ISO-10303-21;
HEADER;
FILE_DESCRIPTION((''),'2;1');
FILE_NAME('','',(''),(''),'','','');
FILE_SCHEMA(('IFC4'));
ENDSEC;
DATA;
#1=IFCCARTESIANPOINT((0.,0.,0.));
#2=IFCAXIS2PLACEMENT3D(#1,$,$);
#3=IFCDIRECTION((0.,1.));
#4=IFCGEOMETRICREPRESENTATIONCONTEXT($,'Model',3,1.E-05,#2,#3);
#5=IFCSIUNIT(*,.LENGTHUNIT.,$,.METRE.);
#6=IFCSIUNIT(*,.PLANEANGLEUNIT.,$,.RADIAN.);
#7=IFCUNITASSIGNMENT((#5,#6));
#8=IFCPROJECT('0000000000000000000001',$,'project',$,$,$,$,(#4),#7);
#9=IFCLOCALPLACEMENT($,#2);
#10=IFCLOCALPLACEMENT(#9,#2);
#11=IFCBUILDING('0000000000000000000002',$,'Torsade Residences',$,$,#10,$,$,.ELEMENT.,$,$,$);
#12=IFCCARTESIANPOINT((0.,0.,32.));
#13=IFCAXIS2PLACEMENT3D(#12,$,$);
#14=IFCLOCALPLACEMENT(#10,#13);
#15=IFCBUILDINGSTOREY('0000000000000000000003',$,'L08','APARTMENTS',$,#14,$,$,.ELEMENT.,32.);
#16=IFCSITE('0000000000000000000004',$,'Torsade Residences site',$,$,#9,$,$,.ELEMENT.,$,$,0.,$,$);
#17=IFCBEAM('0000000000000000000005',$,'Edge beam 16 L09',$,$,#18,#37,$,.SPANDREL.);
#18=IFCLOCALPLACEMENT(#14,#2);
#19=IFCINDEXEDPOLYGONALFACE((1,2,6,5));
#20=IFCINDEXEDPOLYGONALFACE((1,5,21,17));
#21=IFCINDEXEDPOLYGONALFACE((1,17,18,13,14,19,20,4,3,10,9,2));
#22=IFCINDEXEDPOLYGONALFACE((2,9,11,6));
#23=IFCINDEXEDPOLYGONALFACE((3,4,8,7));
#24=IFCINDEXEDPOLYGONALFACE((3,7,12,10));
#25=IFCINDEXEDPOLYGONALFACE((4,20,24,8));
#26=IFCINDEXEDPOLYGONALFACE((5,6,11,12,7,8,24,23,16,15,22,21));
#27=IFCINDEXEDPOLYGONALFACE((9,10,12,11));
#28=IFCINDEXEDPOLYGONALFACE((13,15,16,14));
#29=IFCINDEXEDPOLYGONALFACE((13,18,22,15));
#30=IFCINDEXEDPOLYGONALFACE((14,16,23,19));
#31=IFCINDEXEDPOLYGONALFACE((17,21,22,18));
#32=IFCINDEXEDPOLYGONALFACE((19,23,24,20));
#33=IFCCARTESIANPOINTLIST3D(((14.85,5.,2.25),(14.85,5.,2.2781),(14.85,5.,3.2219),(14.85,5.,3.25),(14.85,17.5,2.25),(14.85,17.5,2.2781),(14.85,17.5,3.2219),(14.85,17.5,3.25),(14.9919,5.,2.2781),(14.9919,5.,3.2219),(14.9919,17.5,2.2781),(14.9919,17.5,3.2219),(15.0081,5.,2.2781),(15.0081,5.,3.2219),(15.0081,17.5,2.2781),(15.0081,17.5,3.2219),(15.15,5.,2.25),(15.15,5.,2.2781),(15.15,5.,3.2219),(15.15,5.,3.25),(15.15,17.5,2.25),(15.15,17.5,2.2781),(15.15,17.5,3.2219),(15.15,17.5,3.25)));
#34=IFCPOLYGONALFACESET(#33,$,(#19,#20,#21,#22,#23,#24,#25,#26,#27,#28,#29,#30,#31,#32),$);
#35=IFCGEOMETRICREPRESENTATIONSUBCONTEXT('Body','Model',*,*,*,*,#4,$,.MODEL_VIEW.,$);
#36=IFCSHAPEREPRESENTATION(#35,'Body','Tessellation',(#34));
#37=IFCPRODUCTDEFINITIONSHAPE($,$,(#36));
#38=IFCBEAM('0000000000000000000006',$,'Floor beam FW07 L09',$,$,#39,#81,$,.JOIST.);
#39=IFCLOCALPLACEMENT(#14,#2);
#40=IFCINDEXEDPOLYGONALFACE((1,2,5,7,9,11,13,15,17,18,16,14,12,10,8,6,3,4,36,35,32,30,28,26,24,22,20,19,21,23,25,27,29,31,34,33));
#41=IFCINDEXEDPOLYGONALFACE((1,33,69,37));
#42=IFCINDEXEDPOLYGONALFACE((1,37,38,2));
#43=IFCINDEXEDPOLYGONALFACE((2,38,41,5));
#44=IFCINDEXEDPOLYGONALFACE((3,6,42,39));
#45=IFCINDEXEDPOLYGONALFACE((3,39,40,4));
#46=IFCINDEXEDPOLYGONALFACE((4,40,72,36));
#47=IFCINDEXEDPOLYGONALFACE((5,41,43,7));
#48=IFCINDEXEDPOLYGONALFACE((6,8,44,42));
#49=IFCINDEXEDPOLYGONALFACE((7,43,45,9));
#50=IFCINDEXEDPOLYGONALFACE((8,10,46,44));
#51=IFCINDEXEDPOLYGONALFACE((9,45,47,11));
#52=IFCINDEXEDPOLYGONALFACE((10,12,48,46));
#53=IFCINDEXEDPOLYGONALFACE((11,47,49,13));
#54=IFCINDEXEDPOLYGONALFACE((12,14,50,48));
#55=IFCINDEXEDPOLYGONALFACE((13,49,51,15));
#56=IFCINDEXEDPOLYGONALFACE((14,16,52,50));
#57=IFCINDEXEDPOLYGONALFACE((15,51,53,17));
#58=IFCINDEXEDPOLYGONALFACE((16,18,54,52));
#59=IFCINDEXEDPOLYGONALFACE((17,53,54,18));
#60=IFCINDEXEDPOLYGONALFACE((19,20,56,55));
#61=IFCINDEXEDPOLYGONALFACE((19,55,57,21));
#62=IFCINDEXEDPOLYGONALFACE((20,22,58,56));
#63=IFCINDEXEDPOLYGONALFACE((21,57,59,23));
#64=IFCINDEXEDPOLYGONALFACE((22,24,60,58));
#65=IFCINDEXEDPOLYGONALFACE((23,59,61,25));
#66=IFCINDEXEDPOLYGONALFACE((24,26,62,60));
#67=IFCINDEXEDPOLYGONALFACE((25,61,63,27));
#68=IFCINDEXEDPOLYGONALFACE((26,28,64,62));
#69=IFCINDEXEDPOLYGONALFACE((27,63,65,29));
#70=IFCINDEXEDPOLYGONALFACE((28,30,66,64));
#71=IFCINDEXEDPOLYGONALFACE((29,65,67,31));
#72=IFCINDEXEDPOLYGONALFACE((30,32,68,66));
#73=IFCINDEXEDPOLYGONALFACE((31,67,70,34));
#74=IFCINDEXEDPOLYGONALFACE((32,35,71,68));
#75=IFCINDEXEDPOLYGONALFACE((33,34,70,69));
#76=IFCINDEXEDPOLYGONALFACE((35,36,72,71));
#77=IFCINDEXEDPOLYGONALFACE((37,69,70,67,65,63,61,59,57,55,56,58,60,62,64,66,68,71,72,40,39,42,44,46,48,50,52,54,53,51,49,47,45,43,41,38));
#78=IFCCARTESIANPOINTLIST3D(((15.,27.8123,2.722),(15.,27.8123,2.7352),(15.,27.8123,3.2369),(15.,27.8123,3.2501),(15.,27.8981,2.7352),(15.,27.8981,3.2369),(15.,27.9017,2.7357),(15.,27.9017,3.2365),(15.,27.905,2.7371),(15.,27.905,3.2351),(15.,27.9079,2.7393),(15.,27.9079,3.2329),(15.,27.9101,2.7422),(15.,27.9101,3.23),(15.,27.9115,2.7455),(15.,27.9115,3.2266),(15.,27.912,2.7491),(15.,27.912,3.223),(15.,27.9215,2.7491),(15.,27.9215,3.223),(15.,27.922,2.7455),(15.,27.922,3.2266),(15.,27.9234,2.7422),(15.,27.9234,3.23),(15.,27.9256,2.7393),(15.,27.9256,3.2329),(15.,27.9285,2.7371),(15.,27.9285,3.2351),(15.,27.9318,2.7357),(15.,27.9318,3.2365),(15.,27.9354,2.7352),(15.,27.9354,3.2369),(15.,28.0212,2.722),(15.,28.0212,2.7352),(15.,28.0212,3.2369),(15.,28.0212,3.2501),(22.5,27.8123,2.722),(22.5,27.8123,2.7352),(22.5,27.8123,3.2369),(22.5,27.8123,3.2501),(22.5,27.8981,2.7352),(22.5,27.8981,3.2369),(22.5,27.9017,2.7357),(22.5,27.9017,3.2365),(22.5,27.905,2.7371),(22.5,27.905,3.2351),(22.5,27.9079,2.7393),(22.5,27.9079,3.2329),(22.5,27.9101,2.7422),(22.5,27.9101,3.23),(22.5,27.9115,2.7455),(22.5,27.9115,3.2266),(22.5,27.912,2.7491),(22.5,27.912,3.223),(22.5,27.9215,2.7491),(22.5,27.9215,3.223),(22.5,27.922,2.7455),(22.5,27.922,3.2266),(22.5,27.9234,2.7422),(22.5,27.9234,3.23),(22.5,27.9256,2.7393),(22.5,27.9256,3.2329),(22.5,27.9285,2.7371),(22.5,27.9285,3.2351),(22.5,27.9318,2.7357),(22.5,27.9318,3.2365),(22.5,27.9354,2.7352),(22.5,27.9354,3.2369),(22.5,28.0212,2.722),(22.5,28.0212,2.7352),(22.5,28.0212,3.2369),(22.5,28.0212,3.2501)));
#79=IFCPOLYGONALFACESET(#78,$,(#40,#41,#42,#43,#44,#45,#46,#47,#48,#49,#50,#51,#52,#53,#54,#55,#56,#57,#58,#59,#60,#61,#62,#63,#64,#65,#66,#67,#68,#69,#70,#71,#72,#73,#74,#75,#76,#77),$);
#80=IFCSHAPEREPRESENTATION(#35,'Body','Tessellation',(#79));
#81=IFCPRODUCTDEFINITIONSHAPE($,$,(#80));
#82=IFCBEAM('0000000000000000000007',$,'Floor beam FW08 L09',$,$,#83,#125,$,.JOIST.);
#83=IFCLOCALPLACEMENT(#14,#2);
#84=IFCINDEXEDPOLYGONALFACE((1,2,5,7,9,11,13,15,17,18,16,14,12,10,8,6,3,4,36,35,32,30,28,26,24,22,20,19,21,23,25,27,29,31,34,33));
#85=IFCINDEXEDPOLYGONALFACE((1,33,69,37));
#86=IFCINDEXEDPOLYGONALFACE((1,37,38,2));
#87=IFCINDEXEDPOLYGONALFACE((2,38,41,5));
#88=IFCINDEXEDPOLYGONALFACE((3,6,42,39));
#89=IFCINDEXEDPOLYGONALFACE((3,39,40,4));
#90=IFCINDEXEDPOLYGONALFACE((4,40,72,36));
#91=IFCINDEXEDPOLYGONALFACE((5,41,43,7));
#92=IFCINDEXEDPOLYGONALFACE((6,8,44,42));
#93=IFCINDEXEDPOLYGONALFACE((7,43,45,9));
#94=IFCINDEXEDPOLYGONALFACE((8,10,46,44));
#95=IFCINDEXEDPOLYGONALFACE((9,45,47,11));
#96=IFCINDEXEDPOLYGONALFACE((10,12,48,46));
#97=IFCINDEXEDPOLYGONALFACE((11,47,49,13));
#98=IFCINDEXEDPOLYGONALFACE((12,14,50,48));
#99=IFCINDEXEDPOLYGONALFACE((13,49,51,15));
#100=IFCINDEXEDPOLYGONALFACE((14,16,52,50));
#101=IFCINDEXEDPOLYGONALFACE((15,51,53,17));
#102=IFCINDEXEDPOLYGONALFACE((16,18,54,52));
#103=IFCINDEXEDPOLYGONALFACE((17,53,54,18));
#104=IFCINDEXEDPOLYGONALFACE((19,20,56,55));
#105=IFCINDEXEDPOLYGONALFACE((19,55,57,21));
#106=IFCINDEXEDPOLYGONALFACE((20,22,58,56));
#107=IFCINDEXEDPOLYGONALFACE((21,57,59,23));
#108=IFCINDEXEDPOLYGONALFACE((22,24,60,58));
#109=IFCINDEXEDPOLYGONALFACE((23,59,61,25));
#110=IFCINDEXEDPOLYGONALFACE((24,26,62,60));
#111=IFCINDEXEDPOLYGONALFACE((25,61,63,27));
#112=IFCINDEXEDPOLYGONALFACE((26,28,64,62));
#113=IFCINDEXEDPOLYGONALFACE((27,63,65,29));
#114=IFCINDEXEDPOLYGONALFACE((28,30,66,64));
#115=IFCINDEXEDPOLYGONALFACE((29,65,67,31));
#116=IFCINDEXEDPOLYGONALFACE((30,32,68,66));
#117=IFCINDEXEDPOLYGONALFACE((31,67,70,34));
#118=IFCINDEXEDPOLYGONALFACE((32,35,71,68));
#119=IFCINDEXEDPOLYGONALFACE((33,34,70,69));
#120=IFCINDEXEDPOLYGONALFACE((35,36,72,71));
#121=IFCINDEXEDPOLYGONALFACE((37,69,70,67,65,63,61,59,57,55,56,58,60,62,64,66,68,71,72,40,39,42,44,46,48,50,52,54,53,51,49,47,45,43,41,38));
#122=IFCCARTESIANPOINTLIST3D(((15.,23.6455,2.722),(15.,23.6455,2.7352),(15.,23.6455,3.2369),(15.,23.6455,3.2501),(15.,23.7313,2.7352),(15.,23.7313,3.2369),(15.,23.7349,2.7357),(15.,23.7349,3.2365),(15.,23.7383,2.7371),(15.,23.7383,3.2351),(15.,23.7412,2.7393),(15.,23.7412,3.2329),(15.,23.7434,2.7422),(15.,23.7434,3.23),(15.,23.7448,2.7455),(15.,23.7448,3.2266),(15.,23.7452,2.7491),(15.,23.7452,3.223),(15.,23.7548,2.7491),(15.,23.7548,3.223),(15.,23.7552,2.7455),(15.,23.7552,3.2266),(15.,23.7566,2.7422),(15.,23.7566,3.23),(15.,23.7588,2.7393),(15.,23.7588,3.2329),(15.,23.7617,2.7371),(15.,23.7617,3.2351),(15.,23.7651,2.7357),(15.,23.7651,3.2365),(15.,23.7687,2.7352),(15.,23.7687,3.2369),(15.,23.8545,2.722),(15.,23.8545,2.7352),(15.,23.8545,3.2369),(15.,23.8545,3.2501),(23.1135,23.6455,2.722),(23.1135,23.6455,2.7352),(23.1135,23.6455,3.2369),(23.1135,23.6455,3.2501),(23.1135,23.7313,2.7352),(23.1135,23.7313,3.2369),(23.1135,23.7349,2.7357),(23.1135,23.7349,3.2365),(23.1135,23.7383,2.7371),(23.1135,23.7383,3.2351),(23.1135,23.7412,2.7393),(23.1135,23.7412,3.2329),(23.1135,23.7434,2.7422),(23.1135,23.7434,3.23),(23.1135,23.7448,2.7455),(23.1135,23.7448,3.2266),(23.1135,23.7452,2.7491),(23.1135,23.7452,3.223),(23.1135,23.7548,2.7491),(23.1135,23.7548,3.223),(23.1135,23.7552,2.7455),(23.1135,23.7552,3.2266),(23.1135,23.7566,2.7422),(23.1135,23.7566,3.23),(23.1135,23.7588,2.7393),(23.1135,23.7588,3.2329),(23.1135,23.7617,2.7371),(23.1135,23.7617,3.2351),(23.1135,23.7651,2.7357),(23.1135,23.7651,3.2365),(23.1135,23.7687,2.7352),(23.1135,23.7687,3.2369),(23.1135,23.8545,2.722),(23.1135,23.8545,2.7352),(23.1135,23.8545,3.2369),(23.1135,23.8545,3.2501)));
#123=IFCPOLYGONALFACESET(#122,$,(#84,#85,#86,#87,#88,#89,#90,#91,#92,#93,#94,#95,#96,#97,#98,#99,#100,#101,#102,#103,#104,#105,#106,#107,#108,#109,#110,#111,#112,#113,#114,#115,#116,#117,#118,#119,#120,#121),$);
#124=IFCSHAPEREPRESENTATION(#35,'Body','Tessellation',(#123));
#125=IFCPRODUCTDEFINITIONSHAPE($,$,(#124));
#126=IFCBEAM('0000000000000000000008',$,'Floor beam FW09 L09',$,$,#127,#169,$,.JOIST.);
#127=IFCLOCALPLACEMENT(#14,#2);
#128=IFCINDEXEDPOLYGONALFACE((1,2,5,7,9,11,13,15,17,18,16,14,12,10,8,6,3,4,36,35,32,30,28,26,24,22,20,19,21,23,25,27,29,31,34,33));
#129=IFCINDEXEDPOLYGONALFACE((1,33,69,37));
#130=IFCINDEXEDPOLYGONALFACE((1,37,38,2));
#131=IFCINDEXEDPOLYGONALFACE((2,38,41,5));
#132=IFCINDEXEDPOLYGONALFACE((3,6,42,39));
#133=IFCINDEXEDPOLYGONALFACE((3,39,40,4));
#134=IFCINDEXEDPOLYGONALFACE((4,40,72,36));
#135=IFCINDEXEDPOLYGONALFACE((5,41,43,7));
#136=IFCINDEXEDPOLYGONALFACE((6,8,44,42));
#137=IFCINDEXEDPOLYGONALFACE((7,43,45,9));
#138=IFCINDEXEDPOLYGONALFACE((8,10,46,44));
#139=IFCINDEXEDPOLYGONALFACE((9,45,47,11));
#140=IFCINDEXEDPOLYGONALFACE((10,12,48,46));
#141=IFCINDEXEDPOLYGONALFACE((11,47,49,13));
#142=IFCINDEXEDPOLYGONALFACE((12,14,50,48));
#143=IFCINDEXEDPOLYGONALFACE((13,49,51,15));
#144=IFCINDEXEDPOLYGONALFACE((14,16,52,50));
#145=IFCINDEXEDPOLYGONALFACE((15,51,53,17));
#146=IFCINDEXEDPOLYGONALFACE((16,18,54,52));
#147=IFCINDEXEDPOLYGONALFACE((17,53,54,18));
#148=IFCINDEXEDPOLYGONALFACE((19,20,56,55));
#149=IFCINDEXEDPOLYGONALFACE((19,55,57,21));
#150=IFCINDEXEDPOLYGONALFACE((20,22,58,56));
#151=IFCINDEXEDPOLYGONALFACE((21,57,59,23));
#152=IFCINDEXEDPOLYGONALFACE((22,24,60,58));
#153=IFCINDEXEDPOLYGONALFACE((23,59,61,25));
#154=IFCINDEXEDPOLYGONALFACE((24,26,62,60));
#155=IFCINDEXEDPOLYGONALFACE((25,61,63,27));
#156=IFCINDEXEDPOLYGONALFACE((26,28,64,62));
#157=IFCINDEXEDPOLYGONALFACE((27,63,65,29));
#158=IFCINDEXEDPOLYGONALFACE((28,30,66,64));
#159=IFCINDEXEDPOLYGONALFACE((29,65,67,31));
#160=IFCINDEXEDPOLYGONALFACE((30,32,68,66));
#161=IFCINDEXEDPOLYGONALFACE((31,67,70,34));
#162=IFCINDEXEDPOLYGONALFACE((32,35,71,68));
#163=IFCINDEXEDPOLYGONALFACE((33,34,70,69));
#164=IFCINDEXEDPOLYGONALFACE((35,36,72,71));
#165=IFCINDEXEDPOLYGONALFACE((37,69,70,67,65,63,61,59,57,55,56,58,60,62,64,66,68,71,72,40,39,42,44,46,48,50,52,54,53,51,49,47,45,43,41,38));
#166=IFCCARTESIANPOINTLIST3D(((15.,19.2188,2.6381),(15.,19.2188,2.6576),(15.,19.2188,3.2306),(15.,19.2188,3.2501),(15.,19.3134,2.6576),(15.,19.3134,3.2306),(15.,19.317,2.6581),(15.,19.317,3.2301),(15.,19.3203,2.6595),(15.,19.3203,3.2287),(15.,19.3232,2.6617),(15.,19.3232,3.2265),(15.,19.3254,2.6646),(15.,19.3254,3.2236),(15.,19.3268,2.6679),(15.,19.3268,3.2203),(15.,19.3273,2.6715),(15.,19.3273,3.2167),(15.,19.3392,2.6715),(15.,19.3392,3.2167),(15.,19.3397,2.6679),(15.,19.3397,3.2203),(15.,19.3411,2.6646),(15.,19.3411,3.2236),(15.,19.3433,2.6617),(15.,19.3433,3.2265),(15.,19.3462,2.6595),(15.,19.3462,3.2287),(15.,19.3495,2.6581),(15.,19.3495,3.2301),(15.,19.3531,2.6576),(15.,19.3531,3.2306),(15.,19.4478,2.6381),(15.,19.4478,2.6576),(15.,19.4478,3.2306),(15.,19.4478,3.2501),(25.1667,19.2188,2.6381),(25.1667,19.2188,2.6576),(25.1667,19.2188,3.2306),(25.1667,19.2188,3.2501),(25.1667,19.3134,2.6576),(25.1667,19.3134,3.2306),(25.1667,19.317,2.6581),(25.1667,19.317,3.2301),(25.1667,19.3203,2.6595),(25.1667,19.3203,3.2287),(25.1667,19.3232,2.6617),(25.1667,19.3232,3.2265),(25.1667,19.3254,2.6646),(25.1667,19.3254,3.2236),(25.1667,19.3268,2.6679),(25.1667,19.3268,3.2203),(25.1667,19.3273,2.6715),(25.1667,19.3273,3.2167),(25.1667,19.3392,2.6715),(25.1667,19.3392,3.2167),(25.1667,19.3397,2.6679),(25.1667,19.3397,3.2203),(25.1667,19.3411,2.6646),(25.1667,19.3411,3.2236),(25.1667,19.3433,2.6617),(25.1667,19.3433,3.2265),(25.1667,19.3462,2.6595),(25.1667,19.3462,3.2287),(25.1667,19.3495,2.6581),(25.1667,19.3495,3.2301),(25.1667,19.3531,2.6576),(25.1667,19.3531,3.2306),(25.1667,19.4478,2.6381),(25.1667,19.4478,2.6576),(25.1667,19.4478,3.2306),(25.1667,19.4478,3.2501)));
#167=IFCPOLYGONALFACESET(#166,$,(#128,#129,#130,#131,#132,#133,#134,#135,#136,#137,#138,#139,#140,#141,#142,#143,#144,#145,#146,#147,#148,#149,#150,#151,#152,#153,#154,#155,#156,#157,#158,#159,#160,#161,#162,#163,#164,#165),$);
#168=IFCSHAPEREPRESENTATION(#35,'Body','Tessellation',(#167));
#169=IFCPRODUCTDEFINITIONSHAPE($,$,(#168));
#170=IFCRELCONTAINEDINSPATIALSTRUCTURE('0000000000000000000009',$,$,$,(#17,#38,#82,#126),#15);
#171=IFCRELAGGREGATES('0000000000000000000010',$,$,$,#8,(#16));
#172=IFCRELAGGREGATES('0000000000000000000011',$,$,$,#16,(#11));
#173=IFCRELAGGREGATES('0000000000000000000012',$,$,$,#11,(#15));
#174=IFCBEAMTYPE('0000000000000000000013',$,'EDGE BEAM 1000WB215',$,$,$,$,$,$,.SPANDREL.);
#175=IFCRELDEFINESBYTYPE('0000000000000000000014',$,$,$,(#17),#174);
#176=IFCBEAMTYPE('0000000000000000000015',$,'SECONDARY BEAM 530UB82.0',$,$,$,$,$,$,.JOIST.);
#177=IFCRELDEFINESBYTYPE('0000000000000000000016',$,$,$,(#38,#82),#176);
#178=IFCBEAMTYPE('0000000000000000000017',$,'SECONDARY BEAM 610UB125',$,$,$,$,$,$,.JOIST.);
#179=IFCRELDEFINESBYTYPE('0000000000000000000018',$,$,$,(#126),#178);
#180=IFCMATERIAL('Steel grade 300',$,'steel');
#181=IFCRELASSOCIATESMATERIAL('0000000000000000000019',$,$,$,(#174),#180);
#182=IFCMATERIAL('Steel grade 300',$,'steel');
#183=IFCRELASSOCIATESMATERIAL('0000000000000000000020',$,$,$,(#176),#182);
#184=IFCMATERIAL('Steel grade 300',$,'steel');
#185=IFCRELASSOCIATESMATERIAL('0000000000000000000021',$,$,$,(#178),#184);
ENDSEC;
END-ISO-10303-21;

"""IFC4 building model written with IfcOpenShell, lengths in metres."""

from ifc_helpers import new_model, si_unit, direction, frame, origin, origin_2d, place, context, subcontext, project, spatial, i_section, extrude, material, material_profile, profile_set, type_object, element, save


model = new_model("IFC4")

# Units and contexts
model_context = context("Model", 3, precision=1e-05, world=origin(), true_north=direction((0.0, 1.0)))
body_context = subcontext(model_context, "Body", "Model", "MODEL_VIEW")
ifc_project = project(units=[si_unit("LENGTHUNIT", "METRE"), si_unit("PLANEANGLEUNIT", "RADIAN")], contexts=[model_context])

# Site, building, storey
site_placement = place(None, origin())
site = spatial("IfcSite", under=ifc_project, at=site_placement, Name="Torsade Residences site", CompositionType="ELEMENT", RefElevation=0.0)
building_placement = place(site_placement, origin())
building = spatial("IfcBuilding", under=site, at=building_placement, Name="Torsade Residences", CompositionType="ELEMENT")
storey_placement = place(building_placement, frame((0.0, 0.0, 32.0)))
storey = spatial("IfcBuildingStorey", under=building, at=storey_placement, Name="L08", Description="APARTMENTS", CompositionType="ELEMENT", Elevation=32.0)

# Beams
ifc_material_1 = material(Name="Steel grade 300", Category="steel")
ifc_material_profile_1 = material_profile(ifc_material_1, i_section(OverallWidth=0.3, OverallDepth=1.0, WebThickness=0.0161, FlangeThickness=0.0281, at=origin_2d()), Name="1000WB215")
ifc_profile_set_1 = profile_set([ifc_material_profile_1], Name="Steel grade 300")
beam_type_1 = type_object("IfcBeamType", Name="EDGE BEAM 1000WB215", PredefinedType="SPANDREL", material=ifc_profile_set_1)
beam_1_placement = place(storey_placement, frame((15.0, 17.5, 2.75), z_axis=(0.0, -1.0, 0.0), x_axis=(1.0, 0.0, 0.0)))
element("IfcBeam", 1, at=beam_1_placement, inside=storey, type_object=beam_type_1, Name="Edge beam 16 L09", PredefinedType="SPANDREL", context=body_context, shape_type="SweptSolid", body=[
    extrude(i_section(OverallWidth=0.3, OverallDepth=1.0, WebThickness=0.0161, FlangeThickness=0.0281, at=origin_2d()), origin(), (0.0, 0.0, 1.0), 12.5),
])
ifc_material_2 = material(Name="Steel grade 300", Category="steel")
ifc_material_profile_2 = material_profile(ifc_material_2, i_section(OverallWidth=0.209, OverallDepth=0.5281, WebThickness=0.0095, FlangeThickness=0.0132, FilletRadius=0.0139, at=origin_2d()), Name="530UB82.0")
ifc_profile_set_2 = profile_set([ifc_material_profile_2], Name="Steel grade 300")
beam_type_2 = type_object("IfcBeamType", Name="SECONDARY BEAM 530UB82.0", PredefinedType="JOIST", material=ifc_profile_set_2)
beam_2_placement = place(storey_placement, frame((15.0, 27.9167, 2.9861), z_axis=(1.0, 0.0, 0.0), x_axis=(0.0, 1.0, 0.0)))
element("IfcBeam", 2, at=beam_2_placement, inside=storey, type_object=beam_type_2, Name="Floor beam FW07 L09", PredefinedType="JOIST", context=body_context, shape_type="SweptSolid", body=[
    extrude(i_section(OverallWidth=0.209, OverallDepth=0.5281, WebThickness=0.0095, FlangeThickness=0.0132, FilletRadius=0.0139, at=origin_2d()), origin(), (0.0, 0.0, 1.0), 7.5),
])
beam_3_placement = place(storey_placement, frame((15.0, 23.75, 2.9861), z_axis=(1.0, 0.0, 0.0), x_axis=(0.0, 1.0, 0.0)))
element("IfcBeam", 3, at=beam_3_placement, inside=storey, type_object=beam_type_2, Name="Floor beam FW08 L09", PredefinedType="JOIST", context=body_context, shape_type="SweptSolid", body=[
    extrude(i_section(OverallWidth=0.209, OverallDepth=0.5281, WebThickness=0.0095, FlangeThickness=0.0132, FilletRadius=0.0139, at=origin_2d()), origin(), (0.0, 0.0, 1.0), 8.1135),
])
ifc_material_3 = material(Name="Steel grade 300", Category="steel")
ifc_material_profile_3 = material_profile(ifc_material_3, i_section(OverallWidth=0.229, OverallDepth=0.6121, WebThickness=0.012, FlangeThickness=0.0195, FilletRadius=0.0139, at=origin_2d()), Name="610UB125")
ifc_profile_set_3 = profile_set([ifc_material_profile_3], Name="Steel grade 300")
beam_type_3 = type_object("IfcBeamType", Name="SECONDARY BEAM 610UB125", PredefinedType="JOIST", material=ifc_profile_set_3)
beam_4_placement = place(storey_placement, frame((15.0, 19.3333, 2.9441), z_axis=(1.0, 0.0, 0.0), x_axis=(0.0, 1.0, 0.0)))
element("IfcBeam", 4, at=beam_4_placement, inside=storey, type_object=beam_type_3, Name="Floor beam FW09 L09", PredefinedType="JOIST", context=body_context, shape_type="SweptSolid", body=[
    extrude(i_section(OverallWidth=0.229, OverallDepth=0.6121, WebThickness=0.012, FlangeThickness=0.0195, FilletRadius=0.0139, at=origin_2d()), origin(), (0.0, 0.0, 1.0), 10.1667),
])

save(model, "model.ifc")
